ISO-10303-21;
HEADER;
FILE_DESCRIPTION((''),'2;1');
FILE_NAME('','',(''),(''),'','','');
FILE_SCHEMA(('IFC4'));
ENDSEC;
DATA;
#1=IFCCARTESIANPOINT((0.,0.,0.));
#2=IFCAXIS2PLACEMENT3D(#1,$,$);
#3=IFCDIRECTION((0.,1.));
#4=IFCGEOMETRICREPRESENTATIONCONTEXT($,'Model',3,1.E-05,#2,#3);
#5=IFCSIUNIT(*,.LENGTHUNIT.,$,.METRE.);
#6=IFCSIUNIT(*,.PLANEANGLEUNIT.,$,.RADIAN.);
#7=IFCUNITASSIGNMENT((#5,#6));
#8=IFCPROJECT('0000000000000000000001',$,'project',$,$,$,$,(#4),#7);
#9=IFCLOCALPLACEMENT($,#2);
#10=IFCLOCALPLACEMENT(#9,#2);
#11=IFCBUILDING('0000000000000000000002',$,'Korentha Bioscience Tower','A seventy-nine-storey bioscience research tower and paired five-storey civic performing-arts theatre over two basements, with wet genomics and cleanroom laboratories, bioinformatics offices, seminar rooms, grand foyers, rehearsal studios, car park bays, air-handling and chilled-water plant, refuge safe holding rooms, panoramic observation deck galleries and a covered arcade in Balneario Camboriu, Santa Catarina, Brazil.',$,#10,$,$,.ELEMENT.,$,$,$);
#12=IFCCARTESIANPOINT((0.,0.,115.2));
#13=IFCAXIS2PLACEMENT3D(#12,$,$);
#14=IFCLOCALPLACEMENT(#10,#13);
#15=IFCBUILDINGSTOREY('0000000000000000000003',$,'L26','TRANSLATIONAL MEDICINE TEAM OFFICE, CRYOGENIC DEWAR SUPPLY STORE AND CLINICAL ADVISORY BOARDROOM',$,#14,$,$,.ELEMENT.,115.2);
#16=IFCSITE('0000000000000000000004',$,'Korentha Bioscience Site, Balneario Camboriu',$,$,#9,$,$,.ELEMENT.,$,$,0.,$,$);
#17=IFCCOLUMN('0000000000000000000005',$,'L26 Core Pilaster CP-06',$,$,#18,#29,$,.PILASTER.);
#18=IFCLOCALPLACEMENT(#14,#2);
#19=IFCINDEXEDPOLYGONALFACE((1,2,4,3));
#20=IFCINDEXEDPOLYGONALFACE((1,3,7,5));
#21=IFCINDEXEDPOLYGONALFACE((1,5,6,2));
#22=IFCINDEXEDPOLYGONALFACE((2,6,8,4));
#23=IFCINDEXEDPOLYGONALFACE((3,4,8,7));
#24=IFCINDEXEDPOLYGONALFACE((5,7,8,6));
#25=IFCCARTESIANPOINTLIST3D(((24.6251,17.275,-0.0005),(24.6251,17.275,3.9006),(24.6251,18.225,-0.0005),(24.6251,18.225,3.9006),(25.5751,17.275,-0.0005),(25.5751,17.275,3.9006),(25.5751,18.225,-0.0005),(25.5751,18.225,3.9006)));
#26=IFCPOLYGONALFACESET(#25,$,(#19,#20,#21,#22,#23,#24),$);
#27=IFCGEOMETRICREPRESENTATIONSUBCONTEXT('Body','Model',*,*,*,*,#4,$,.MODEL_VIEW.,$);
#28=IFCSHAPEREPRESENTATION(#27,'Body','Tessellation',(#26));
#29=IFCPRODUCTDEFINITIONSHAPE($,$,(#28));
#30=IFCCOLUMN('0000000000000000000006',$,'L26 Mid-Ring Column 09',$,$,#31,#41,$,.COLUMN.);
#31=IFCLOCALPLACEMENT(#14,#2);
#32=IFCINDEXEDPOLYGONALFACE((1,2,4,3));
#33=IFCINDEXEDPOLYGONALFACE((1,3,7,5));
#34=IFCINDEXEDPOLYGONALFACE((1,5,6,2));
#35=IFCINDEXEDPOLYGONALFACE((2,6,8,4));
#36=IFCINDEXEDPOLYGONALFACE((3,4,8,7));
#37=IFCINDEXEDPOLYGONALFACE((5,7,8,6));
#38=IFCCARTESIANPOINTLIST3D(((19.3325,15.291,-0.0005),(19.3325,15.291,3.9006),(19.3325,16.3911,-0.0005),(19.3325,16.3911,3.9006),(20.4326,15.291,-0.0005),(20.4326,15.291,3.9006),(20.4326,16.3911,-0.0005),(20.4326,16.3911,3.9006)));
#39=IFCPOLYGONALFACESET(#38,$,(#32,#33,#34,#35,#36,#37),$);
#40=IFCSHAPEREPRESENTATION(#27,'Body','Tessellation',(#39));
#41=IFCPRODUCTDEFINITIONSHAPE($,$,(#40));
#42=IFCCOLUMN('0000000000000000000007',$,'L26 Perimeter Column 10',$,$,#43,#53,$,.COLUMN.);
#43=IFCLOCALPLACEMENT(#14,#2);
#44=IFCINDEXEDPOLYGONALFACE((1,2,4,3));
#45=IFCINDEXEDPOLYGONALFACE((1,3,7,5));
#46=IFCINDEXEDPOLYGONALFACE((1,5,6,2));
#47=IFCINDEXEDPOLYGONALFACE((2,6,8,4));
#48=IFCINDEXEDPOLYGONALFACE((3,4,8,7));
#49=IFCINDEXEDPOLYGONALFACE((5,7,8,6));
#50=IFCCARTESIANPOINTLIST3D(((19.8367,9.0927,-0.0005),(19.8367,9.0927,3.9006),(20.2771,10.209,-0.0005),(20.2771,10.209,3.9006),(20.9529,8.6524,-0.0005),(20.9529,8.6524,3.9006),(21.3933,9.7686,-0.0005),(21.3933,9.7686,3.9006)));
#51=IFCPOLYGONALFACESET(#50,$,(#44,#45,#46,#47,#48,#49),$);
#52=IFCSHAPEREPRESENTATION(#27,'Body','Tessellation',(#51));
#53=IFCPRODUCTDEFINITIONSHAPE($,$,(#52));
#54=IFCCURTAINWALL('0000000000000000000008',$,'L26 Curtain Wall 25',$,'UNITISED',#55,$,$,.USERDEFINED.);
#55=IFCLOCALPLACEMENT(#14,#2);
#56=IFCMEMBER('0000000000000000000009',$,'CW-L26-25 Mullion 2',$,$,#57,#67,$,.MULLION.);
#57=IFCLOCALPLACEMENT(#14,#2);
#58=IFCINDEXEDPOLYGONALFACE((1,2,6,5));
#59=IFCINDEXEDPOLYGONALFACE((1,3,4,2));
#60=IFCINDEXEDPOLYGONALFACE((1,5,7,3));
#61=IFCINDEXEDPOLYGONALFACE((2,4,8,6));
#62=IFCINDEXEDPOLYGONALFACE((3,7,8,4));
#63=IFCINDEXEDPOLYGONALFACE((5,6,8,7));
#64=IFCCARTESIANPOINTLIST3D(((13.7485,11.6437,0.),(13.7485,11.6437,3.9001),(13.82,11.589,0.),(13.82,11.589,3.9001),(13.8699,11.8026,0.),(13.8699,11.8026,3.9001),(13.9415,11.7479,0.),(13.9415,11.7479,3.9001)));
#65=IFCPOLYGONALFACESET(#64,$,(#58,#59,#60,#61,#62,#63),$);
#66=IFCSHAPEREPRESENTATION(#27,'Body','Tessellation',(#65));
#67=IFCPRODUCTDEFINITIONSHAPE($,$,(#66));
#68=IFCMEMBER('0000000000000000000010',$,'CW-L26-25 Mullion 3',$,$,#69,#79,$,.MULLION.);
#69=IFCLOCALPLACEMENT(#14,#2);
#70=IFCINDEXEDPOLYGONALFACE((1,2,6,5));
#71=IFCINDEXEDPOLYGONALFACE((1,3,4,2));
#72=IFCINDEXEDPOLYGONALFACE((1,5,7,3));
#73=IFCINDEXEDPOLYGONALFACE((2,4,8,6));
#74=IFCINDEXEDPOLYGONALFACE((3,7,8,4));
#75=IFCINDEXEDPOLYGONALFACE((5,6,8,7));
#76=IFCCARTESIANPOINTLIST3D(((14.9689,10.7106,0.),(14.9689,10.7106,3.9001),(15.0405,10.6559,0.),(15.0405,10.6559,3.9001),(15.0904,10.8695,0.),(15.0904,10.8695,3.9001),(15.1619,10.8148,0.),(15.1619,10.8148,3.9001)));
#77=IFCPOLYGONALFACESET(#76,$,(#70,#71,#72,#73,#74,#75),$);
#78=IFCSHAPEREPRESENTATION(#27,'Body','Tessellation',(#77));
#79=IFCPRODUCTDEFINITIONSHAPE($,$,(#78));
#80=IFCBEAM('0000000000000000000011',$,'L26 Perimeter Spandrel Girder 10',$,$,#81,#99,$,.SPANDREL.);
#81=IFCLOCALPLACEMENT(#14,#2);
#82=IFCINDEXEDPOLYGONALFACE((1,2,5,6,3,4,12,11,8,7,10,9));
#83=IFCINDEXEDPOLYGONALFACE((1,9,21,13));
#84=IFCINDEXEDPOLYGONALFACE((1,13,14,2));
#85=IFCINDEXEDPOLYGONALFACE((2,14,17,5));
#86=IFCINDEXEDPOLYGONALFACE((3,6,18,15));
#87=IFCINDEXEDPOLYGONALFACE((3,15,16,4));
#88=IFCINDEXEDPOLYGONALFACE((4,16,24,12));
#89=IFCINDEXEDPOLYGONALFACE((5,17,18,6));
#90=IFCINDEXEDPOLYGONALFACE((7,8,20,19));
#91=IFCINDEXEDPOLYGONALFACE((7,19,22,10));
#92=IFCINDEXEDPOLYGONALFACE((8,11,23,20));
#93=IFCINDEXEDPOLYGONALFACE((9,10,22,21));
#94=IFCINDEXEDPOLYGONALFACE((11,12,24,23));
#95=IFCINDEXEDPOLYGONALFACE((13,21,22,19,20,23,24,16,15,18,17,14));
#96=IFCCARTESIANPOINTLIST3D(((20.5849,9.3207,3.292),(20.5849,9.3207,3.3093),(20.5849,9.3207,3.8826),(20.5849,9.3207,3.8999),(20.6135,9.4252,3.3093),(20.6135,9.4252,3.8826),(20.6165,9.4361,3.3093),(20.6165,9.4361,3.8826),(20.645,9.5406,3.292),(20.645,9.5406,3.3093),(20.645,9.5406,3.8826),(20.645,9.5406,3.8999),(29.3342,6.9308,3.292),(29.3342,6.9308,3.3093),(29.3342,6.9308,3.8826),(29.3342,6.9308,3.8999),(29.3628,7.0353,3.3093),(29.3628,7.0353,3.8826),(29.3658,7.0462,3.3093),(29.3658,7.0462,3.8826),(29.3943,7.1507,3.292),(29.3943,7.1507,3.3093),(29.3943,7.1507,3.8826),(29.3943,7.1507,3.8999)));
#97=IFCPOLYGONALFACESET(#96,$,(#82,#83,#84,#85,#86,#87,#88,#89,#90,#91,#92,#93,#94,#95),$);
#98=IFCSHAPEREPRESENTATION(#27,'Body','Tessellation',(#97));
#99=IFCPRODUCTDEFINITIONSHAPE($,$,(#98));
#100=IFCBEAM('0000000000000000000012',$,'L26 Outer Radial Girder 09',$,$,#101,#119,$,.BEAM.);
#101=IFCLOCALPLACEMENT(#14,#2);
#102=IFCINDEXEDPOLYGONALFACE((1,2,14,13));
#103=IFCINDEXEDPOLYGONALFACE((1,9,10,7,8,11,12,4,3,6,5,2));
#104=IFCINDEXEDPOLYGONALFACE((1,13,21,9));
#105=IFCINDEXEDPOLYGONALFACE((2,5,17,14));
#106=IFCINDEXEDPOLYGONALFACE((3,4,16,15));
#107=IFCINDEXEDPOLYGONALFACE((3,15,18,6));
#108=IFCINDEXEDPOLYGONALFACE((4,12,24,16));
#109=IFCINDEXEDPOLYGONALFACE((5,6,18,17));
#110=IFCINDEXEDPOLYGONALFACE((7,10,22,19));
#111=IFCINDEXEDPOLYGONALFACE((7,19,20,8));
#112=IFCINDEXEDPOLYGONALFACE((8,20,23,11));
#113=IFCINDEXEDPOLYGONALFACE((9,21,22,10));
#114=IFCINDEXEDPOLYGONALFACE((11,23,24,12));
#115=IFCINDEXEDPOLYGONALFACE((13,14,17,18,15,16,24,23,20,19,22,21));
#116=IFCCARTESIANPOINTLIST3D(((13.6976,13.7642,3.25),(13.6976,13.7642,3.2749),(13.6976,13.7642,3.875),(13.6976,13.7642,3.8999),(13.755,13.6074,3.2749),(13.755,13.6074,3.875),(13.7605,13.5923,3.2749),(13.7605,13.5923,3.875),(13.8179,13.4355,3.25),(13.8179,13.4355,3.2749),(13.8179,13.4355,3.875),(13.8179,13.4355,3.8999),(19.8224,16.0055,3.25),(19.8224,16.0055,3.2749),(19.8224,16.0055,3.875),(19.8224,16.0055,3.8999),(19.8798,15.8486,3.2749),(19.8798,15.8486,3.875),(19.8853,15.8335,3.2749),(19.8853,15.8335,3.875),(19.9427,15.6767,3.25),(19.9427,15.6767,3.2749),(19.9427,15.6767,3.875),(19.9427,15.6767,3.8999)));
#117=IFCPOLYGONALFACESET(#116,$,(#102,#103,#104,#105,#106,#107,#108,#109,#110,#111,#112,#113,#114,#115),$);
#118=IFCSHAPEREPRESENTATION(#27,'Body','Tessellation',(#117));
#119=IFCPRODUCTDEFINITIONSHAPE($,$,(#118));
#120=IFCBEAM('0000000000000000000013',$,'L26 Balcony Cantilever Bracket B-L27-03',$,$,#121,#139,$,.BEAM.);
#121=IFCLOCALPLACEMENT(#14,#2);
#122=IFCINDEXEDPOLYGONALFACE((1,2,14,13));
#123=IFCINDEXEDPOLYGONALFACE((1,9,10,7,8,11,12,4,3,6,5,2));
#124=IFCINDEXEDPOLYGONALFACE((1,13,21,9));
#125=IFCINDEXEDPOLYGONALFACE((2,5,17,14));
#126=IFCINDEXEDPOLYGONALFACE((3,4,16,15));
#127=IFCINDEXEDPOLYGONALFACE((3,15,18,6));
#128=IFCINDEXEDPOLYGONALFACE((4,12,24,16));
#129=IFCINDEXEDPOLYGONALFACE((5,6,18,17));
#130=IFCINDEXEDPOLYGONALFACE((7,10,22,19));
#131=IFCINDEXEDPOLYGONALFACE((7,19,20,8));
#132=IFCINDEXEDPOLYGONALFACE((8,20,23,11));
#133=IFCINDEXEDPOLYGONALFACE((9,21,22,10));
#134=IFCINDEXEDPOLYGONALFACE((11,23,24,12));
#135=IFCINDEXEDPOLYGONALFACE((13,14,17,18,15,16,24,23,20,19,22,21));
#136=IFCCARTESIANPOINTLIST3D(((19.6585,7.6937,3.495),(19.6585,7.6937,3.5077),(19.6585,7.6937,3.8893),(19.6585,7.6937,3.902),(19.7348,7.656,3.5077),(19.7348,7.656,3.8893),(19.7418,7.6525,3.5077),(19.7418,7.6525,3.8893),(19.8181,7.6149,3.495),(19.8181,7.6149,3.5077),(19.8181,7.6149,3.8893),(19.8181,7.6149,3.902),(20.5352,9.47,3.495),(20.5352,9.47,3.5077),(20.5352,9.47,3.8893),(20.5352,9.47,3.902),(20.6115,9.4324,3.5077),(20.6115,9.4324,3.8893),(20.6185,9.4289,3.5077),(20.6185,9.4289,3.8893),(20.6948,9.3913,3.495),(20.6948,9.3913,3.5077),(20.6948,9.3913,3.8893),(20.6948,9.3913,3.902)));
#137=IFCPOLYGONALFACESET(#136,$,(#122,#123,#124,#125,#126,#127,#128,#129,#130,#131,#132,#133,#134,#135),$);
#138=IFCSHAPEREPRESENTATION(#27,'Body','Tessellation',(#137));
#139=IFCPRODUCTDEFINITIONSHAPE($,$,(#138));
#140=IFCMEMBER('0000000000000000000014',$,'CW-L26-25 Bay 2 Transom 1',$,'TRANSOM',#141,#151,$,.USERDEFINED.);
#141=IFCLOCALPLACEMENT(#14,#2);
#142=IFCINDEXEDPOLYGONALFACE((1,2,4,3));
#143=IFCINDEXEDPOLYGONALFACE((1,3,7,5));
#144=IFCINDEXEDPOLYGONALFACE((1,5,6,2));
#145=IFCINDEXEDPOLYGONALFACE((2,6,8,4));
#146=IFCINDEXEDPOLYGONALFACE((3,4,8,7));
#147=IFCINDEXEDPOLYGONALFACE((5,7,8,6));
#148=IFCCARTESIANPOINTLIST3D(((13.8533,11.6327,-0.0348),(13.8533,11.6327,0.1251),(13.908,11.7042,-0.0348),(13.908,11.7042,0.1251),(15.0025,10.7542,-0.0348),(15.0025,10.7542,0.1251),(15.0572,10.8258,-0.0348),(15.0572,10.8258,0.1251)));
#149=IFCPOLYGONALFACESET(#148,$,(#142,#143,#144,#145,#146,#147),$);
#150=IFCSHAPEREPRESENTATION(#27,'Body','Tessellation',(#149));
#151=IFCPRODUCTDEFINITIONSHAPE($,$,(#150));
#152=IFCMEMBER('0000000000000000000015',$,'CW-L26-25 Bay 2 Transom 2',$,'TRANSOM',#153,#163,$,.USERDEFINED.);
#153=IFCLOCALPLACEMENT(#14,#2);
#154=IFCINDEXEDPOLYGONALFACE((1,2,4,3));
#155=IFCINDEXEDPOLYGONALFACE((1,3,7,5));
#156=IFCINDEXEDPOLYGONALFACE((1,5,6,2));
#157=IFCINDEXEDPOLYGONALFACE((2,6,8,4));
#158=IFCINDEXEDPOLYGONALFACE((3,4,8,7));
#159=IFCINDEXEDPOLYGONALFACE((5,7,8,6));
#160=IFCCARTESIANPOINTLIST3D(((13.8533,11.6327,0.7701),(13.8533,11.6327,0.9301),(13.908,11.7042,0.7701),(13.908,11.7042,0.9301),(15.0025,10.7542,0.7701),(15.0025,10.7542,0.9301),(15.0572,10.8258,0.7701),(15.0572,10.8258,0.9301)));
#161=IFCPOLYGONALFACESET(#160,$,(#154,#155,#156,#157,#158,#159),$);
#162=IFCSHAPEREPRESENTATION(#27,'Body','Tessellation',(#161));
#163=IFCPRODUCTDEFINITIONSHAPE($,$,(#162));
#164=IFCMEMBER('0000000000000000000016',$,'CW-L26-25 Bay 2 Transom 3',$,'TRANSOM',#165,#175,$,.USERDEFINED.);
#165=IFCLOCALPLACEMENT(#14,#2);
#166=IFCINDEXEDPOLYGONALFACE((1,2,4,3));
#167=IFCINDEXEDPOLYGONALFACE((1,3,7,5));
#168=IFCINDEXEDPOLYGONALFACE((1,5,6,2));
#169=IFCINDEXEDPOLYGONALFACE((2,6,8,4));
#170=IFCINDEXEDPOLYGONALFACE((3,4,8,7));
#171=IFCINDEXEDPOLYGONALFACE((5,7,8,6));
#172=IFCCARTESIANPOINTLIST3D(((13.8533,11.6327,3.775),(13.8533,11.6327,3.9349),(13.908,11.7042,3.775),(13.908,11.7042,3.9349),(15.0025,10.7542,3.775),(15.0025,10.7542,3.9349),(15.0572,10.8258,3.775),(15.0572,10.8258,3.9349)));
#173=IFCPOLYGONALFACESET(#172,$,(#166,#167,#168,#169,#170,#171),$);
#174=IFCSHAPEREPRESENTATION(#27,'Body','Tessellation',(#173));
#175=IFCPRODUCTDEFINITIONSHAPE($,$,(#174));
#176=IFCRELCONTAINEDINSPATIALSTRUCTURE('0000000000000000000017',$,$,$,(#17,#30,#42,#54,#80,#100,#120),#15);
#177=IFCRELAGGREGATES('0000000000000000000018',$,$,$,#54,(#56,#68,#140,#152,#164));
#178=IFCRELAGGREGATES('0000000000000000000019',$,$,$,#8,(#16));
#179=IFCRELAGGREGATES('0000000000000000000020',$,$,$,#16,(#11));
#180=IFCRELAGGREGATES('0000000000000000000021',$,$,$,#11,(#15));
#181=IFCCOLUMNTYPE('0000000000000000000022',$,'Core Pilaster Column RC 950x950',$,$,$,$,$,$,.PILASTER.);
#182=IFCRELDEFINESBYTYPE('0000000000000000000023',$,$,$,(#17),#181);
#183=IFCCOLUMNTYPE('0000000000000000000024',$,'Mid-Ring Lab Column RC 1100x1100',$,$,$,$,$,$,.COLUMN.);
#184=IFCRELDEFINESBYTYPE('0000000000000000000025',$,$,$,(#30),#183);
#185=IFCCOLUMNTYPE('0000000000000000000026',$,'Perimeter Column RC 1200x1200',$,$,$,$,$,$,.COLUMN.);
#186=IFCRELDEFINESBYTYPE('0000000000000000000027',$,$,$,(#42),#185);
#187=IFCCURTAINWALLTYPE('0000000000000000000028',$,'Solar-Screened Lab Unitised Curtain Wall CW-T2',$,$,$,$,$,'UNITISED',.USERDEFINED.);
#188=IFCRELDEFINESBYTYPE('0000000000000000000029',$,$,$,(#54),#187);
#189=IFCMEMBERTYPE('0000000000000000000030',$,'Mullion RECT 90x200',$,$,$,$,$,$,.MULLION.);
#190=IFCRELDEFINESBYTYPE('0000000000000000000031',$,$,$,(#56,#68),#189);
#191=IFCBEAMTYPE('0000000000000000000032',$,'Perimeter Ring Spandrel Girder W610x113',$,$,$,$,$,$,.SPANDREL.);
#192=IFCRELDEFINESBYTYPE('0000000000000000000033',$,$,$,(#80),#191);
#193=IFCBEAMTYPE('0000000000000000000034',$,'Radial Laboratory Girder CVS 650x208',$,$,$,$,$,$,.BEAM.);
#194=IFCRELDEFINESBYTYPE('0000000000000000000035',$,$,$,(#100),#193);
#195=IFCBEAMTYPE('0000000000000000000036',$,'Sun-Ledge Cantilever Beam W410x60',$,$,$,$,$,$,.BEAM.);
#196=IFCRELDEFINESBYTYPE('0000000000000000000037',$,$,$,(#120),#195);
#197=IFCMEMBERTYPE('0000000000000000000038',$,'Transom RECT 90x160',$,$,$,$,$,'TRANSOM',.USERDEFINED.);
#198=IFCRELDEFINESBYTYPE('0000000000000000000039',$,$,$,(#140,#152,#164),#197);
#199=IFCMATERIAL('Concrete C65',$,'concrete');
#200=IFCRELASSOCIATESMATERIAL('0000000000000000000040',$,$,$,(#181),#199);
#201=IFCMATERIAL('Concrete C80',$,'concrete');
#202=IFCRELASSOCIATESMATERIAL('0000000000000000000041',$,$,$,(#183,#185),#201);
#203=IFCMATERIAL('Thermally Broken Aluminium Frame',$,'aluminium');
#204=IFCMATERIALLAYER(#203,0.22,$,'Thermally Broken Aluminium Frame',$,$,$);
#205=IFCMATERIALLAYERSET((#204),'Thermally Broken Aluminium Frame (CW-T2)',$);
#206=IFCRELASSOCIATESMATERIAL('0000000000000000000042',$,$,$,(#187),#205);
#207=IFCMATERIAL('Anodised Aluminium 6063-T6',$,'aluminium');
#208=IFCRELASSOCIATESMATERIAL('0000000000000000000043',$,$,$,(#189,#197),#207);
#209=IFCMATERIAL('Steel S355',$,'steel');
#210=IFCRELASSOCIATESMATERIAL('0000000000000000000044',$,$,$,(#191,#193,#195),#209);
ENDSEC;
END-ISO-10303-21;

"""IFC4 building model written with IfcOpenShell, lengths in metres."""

from ifc_helpers import new_model, si_unit, direction, frame, origin, origin_2d, place, context, subcontext, project, spatial, rectangle, i_section, extrude, material, layer, layer_set, material_profile, profile_set, type_object, element, aggregate, save


model = new_model("IFC4")

# Units and contexts
model_context = context("Model", 3, precision=1e-05, world=origin(), true_north=direction((0.0, 1.0)))
body_context = subcontext(model_context, "Body", "Model", "MODEL_VIEW")
ifc_project = project(units=[si_unit("LENGTHUNIT", "METRE"), si_unit("PLANEANGLEUNIT", "RADIAN")], contexts=[model_context])

# Site, building, storey
site_placement = place(None, origin())
site = spatial("IfcSite", under=ifc_project, at=site_placement, Name="Korentha Bioscience Site, Balneario Camboriu", CompositionType="ELEMENT", RefElevation=0.0)
building_placement = place(site_placement, origin())
building = spatial("IfcBuilding", under=site, at=building_placement, Name="Korentha Bioscience Tower", Description="A seventy-nine-storey bioscience research tower and paired five-storey civic performing-arts theatre over two basements, with wet genomics and cleanroom laboratories, bioinformatics offices, seminar rooms, grand foyers, rehearsal studios, car park bays, air-handling and chilled-water plant, refuge safe holding rooms, panoramic observation deck galleries and a covered arcade in Balneario Camboriu, Santa Catarina, Brazil.", CompositionType="ELEMENT")
storey_placement = place(building_placement, frame((0.0, 0.0, 115.2)))
storey = spatial("IfcBuildingStorey", under=building, at=storey_placement, Name="L26", Description="TRANSLATIONAL MEDICINE TEAM OFFICE, CRYOGENIC DEWAR SUPPLY STORE AND CLINICAL ADVISORY BOARDROOM", CompositionType="ELEMENT", Elevation=115.2)

# Columns
ifc_material_1 = material(Name="Concrete C65", Category="concrete")
ifc_material_profile_1 = material_profile(ifc_material_1, rectangle(XDim=0.95, YDim=0.95, at=origin_2d()), Name="Concrete C65")
ifc_profile_set_1 = profile_set([ifc_material_profile_1], Name="Concrete C65 (COL-CP09)")
column_type_1 = type_object("IfcColumnType", Name="Core Pilaster Column RC 950x950", PredefinedType="PILASTER", material=ifc_profile_set_1)
column_1_placement = place(storey_placement, frame((25.1001, 17.75, -0.0005), z_axis=(0.0, 0.0, 1.0), x_axis=(1.0, 0.0, 0.0)))
element("IfcColumn", 1, at=column_1_placement, inside=storey, type_object=column_type_1, Name="L26 Core Pilaster CP-06", PredefinedType="PILASTER", context=body_context, shape_type="SweptSolid", body=[
    extrude(rectangle(XDim=0.95, YDim=0.95, at=origin_2d()), origin(), (0.0, 0.0, 1.0), 3.9011),
])
ifc_material_2 = material(Name="Concrete C80", Category="concrete")
ifc_material_profile_2 = material_profile(ifc_material_2, rectangle(XDim=1.1001, YDim=1.1001, at=origin_2d()), Name="Concrete C80")
ifc_profile_set_2 = profile_set([ifc_material_profile_2], Name="Concrete C80 (COL-MR11)")
column_type_2 = type_object("IfcColumnType", Name="Mid-Ring Lab Column RC 1100x1100", PredefinedType="COLUMN", material=ifc_profile_set_2)
column_2_placement = place(storey_placement, frame((19.8826, 15.8411, -0.0005), z_axis=(0.0, 0.0, 1.0), x_axis=(1.0, 0.0, 0.0)))
element("IfcColumn", 2, at=column_2_placement, inside=storey, type_object=column_type_2, Name="L26 Mid-Ring Column 09", PredefinedType="COLUMN", context=body_context, shape_type="SweptSolid", body=[
    extrude(rectangle(XDim=1.1001, YDim=1.1001, at=origin_2d()), origin(), (0.0, 0.0, 1.0), 3.9011),
])
ifc_material_profile_3 = material_profile(ifc_material_2, rectangle(XDim=1.2, YDim=1.2, at=origin_2d()), Name="Concrete C80")
ifc_profile_set_3 = profile_set([ifc_material_profile_3], Name="Concrete C80 (COL-P12)")
column_type_3 = type_object("IfcColumnType", Name="Perimeter Column RC 1200x1200", PredefinedType="COLUMN", material=ifc_profile_set_3)
column_3_placement = place(storey_placement, frame((20.615, 9.4307, -0.0005), z_axis=(0.0, 0.0, 1.0), x_axis=(-0.930226, 0.366988, 0.0)))
element("IfcColumn", 3, at=column_3_placement, inside=storey, type_object=column_type_3, Name="L26 Perimeter Column 10", PredefinedType="COLUMN", context=body_context, shape_type="SweptSolid", body=[
    extrude(rectangle(XDim=1.2, YDim=1.2, at=origin_2d()), origin(), (0.0, 0.0, 1.0), 3.9011),
])

# Curtain wall, members
ifc_material_3 = material(Name="Thermally Broken Aluminium Frame", Category="aluminium")
ifc_layer_1 = layer(ifc_material_3, 0.22, Name="Thermally Broken Aluminium Frame")
ifc_layer_set_1 = layer_set([ifc_layer_1], Name="Thermally Broken Aluminium Frame (CW-T2)")
curtain_wall_type = type_object("IfcCurtainWallType", Name="Solar-Screened Lab Unitised Curtain Wall CW-T2", ElementType="UNITISED", PredefinedType="USERDEFINED", material=ifc_layer_set_1)
curtain_wall_placement = place(storey_placement, origin())
curtain_wall = element("IfcCurtainWall", 4, at=curtain_wall_placement, inside=storey, type_object=curtain_wall_type, Name="L26 Curtain Wall 25", ObjectType="UNITISED", PredefinedType="USERDEFINED")
ifc_material_4 = material(Name="Anodised Aluminium 6063-T6", Category="aluminium")
ifc_material_profile_4 = material_profile(ifc_material_4, rectangle(XDim=0.0901, YDim=0.2, at=origin_2d()), Name="Anodised Aluminium 6063-T6")
ifc_profile_set_4 = profile_set([ifc_material_profile_4], Name="Anodised Aluminium 6063-T6 (CW-MUL)")
member_type_1 = type_object("IfcMemberType", Name="Mullion RECT 90x200", PredefinedType="MULLION", material=ifc_profile_set_4)
member_1_placement = place(storey_placement, frame((13.845, 11.6958, 0.0), z_axis=(0.0, 0.0, 1.0), x_axis=(0.7945, -0.607265, 0.0)))
member_1 = element("IfcMember", 5, at=member_1_placement, type_object=member_type_1, Name="CW-L26-25 Mullion 2", PredefinedType="MULLION", context=body_context, shape_type="SweptSolid", body=[
    extrude(rectangle(XDim=0.0901, YDim=0.2, at=origin_2d()), origin(), (0.0, 0.0, 1.0), 3.9001),
])
member_2_placement = place(storey_placement, frame((15.0654, 10.7627, 0.0), z_axis=(0.0, 0.0, 1.0), x_axis=(0.7945, -0.607265, 0.0)))
member_2 = element("IfcMember", 6, at=member_2_placement, type_object=member_type_1, Name="CW-L26-25 Mullion 3", PredefinedType="MULLION", context=body_context, shape_type="SweptSolid", body=[
    extrude(rectangle(XDim=0.0901, YDim=0.2, at=origin_2d()), origin(), (0.0, 0.0, 1.0), 3.9001),
])

# Beams
ifc_material_5 = material(Name="Steel S355", Category="steel")
ifc_material_profile_5 = material_profile(ifc_material_5, i_section(OverallWidth=0.228, OverallDepth=0.6079, WebThickness=0.0112, FlangeThickness=0.0173, at=origin_2d()), Name="Steel S355")
ifc_profile_set_5 = profile_set([ifc_material_profile_5], Name="Steel S355 (SB-610)")
beam_type_1 = type_object("IfcBeamType", Name="Perimeter Ring Spandrel Girder W610x113", PredefinedType="SPANDREL", material=ifc_profile_set_5)
beam_1_placement = place(storey_placement, frame((20.615, 9.4307, 3.5959), z_axis=(0.964659, -0.2635, 0.0), x_axis=(0.2635, 0.964659, 0.0)))
element("IfcBeam", 7, at=beam_1_placement, inside=storey, type_object=beam_type_1, Name="L26 Perimeter Spandrel Girder 10", PredefinedType="SPANDREL", context=body_context, shape_type="SweptSolid", body=[
    extrude(i_section(OverallWidth=0.228, OverallDepth=0.6079, WebThickness=0.0112, FlangeThickness=0.0173, at=origin_2d()), origin(), (0.0, 0.0, 1.0), 9.0698),
])
ifc_material_profile_6 = material_profile(ifc_material_5, i_section(OverallWidth=0.3501, OverallDepth=0.6499, WebThickness=0.0161, FlangeThickness=0.0249, at=origin_2d()), Name="Steel S355")
ifc_profile_set_6 = profile_set([ifc_material_profile_6], Name="Steel S355 (RB-650)")
beam_type_2 = type_object("IfcBeamType", Name="Radial Laboratory Girder CVS 650x208", PredefinedType="BEAM", material=ifc_profile_set_6)
beam_2_placement = place(storey_placement, frame((19.8826, 15.8411, 3.575), z_axis=(-0.939101, -0.343642, 0.0), x_axis=(0.343642, -0.939101, 0.0)))
element("IfcBeam", 8, at=beam_2_placement, inside=storey, type_object=beam_type_2, Name="L26 Outer Radial Girder 09", PredefinedType="BEAM", context=body_context, shape_type="SweptSolid", body=[
    extrude(i_section(OverallWidth=0.3501, OverallDepth=0.6499, WebThickness=0.0161, FlangeThickness=0.0249, at=origin_2d()), origin(), (0.0, 0.0, 1.0), 6.522),
])
ifc_material_profile_7 = material_profile(ifc_material_5, i_section(OverallWidth=0.178, OverallDepth=0.407, WebThickness=0.0078, FlangeThickness=0.0127, at=origin_2d()), Name="Steel S355")
ifc_profile_set_7 = profile_set([ifc_material_profile_7], Name="Steel S355 (CB-410)")
beam_type_3 = type_object("IfcBeamType", Name="Sun-Ledge Cantilever Beam W410x60", PredefinedType="BEAM", material=ifc_profile_set_7)
beam_3_placement = place(storey_placement, frame((20.615, 9.4307, 3.6985), z_axis=(-0.442574, -0.896732, 0.0), x_axis=(0.896732, -0.442574, 0.0)))
element("IfcBeam", 9, at=beam_3_placement, inside=storey, type_object=beam_type_3, Name="L26 Balcony Cantilever Bracket B-L27-03", PredefinedType="BEAM", context=body_context, shape_type="SweptSolid", body=[
    extrude(i_section(OverallWidth=0.178, OverallDepth=0.407, WebThickness=0.0078, FlangeThickness=0.0127, at=origin_2d()), origin(), (0.0, 0.0, 1.0), 1.981),
])

# Members
ifc_material_profile_8 = material_profile(ifc_material_4, rectangle(XDim=0.0901, YDim=0.1599, at=origin_2d()), Name="Anodised Aluminium 6063-T6")
ifc_profile_set_8 = profile_set([ifc_material_profile_8], Name="Anodised Aluminium 6063-T6 (CW-TRN)")
member_type_2 = type_object("IfcMemberType", Name="Transom RECT 90x160", ElementType="TRANSOM", PredefinedType="USERDEFINED", material=ifc_profile_set_8)
member_3_placement = place(storey_placement, frame((13.8806, 11.6685, 0.0452), z_axis=(0.794478, -0.607293, 0.0), x_axis=(0.607293, 0.794478, 0.0)))
member_3 = element("IfcMember", 10, at=member_3_placement, type_object=member_type_2, Name="CW-L26-25 Bay 2 Transom 1", ObjectType="TRANSOM", PredefinedType="USERDEFINED", context=body_context, shape_type="SweptSolid", body=[
    extrude(rectangle(XDim=0.0901, YDim=0.1599, at=origin_2d()), origin(), (0.0, 0.0, 1.0), 1.4465),
])
member_4_placement = place(storey_placement, frame((13.8806, 11.6685, 0.8501), z_axis=(0.794478, -0.607293, 0.0), x_axis=(0.607293, 0.794478, 0.0)))
member_4 = element("IfcMember", 11, at=member_4_placement, type_object=member_type_2, Name="CW-L26-25 Bay 2 Transom 2", ObjectType="TRANSOM", PredefinedType="USERDEFINED", context=body_context, shape_type="SweptSolid", body=[
    extrude(rectangle(XDim=0.0901, YDim=0.1599, at=origin_2d()), origin(), (0.0, 0.0, 1.0), 1.4465),
])
member_5_placement = place(storey_placement, frame((13.8806, 11.6685, 3.855), z_axis=(0.794478, -0.607293, 0.0), x_axis=(0.607293, 0.794478, 0.0)))
member_5 = element("IfcMember", 12, at=member_5_placement, type_object=member_type_2, Name="CW-L26-25 Bay 2 Transom 3", ObjectType="TRANSOM", PredefinedType="USERDEFINED", context=body_context, shape_type="SweptSolid", body=[
    extrude(rectangle(XDim=0.0901, YDim=0.1599, at=origin_2d()), origin(), (0.0, 0.0, 1.0), 1.4465),
])

aggregate(curtain_wall, [member_1, member_2, member_3, member_4, member_5])

save(model, "model.ifc")
